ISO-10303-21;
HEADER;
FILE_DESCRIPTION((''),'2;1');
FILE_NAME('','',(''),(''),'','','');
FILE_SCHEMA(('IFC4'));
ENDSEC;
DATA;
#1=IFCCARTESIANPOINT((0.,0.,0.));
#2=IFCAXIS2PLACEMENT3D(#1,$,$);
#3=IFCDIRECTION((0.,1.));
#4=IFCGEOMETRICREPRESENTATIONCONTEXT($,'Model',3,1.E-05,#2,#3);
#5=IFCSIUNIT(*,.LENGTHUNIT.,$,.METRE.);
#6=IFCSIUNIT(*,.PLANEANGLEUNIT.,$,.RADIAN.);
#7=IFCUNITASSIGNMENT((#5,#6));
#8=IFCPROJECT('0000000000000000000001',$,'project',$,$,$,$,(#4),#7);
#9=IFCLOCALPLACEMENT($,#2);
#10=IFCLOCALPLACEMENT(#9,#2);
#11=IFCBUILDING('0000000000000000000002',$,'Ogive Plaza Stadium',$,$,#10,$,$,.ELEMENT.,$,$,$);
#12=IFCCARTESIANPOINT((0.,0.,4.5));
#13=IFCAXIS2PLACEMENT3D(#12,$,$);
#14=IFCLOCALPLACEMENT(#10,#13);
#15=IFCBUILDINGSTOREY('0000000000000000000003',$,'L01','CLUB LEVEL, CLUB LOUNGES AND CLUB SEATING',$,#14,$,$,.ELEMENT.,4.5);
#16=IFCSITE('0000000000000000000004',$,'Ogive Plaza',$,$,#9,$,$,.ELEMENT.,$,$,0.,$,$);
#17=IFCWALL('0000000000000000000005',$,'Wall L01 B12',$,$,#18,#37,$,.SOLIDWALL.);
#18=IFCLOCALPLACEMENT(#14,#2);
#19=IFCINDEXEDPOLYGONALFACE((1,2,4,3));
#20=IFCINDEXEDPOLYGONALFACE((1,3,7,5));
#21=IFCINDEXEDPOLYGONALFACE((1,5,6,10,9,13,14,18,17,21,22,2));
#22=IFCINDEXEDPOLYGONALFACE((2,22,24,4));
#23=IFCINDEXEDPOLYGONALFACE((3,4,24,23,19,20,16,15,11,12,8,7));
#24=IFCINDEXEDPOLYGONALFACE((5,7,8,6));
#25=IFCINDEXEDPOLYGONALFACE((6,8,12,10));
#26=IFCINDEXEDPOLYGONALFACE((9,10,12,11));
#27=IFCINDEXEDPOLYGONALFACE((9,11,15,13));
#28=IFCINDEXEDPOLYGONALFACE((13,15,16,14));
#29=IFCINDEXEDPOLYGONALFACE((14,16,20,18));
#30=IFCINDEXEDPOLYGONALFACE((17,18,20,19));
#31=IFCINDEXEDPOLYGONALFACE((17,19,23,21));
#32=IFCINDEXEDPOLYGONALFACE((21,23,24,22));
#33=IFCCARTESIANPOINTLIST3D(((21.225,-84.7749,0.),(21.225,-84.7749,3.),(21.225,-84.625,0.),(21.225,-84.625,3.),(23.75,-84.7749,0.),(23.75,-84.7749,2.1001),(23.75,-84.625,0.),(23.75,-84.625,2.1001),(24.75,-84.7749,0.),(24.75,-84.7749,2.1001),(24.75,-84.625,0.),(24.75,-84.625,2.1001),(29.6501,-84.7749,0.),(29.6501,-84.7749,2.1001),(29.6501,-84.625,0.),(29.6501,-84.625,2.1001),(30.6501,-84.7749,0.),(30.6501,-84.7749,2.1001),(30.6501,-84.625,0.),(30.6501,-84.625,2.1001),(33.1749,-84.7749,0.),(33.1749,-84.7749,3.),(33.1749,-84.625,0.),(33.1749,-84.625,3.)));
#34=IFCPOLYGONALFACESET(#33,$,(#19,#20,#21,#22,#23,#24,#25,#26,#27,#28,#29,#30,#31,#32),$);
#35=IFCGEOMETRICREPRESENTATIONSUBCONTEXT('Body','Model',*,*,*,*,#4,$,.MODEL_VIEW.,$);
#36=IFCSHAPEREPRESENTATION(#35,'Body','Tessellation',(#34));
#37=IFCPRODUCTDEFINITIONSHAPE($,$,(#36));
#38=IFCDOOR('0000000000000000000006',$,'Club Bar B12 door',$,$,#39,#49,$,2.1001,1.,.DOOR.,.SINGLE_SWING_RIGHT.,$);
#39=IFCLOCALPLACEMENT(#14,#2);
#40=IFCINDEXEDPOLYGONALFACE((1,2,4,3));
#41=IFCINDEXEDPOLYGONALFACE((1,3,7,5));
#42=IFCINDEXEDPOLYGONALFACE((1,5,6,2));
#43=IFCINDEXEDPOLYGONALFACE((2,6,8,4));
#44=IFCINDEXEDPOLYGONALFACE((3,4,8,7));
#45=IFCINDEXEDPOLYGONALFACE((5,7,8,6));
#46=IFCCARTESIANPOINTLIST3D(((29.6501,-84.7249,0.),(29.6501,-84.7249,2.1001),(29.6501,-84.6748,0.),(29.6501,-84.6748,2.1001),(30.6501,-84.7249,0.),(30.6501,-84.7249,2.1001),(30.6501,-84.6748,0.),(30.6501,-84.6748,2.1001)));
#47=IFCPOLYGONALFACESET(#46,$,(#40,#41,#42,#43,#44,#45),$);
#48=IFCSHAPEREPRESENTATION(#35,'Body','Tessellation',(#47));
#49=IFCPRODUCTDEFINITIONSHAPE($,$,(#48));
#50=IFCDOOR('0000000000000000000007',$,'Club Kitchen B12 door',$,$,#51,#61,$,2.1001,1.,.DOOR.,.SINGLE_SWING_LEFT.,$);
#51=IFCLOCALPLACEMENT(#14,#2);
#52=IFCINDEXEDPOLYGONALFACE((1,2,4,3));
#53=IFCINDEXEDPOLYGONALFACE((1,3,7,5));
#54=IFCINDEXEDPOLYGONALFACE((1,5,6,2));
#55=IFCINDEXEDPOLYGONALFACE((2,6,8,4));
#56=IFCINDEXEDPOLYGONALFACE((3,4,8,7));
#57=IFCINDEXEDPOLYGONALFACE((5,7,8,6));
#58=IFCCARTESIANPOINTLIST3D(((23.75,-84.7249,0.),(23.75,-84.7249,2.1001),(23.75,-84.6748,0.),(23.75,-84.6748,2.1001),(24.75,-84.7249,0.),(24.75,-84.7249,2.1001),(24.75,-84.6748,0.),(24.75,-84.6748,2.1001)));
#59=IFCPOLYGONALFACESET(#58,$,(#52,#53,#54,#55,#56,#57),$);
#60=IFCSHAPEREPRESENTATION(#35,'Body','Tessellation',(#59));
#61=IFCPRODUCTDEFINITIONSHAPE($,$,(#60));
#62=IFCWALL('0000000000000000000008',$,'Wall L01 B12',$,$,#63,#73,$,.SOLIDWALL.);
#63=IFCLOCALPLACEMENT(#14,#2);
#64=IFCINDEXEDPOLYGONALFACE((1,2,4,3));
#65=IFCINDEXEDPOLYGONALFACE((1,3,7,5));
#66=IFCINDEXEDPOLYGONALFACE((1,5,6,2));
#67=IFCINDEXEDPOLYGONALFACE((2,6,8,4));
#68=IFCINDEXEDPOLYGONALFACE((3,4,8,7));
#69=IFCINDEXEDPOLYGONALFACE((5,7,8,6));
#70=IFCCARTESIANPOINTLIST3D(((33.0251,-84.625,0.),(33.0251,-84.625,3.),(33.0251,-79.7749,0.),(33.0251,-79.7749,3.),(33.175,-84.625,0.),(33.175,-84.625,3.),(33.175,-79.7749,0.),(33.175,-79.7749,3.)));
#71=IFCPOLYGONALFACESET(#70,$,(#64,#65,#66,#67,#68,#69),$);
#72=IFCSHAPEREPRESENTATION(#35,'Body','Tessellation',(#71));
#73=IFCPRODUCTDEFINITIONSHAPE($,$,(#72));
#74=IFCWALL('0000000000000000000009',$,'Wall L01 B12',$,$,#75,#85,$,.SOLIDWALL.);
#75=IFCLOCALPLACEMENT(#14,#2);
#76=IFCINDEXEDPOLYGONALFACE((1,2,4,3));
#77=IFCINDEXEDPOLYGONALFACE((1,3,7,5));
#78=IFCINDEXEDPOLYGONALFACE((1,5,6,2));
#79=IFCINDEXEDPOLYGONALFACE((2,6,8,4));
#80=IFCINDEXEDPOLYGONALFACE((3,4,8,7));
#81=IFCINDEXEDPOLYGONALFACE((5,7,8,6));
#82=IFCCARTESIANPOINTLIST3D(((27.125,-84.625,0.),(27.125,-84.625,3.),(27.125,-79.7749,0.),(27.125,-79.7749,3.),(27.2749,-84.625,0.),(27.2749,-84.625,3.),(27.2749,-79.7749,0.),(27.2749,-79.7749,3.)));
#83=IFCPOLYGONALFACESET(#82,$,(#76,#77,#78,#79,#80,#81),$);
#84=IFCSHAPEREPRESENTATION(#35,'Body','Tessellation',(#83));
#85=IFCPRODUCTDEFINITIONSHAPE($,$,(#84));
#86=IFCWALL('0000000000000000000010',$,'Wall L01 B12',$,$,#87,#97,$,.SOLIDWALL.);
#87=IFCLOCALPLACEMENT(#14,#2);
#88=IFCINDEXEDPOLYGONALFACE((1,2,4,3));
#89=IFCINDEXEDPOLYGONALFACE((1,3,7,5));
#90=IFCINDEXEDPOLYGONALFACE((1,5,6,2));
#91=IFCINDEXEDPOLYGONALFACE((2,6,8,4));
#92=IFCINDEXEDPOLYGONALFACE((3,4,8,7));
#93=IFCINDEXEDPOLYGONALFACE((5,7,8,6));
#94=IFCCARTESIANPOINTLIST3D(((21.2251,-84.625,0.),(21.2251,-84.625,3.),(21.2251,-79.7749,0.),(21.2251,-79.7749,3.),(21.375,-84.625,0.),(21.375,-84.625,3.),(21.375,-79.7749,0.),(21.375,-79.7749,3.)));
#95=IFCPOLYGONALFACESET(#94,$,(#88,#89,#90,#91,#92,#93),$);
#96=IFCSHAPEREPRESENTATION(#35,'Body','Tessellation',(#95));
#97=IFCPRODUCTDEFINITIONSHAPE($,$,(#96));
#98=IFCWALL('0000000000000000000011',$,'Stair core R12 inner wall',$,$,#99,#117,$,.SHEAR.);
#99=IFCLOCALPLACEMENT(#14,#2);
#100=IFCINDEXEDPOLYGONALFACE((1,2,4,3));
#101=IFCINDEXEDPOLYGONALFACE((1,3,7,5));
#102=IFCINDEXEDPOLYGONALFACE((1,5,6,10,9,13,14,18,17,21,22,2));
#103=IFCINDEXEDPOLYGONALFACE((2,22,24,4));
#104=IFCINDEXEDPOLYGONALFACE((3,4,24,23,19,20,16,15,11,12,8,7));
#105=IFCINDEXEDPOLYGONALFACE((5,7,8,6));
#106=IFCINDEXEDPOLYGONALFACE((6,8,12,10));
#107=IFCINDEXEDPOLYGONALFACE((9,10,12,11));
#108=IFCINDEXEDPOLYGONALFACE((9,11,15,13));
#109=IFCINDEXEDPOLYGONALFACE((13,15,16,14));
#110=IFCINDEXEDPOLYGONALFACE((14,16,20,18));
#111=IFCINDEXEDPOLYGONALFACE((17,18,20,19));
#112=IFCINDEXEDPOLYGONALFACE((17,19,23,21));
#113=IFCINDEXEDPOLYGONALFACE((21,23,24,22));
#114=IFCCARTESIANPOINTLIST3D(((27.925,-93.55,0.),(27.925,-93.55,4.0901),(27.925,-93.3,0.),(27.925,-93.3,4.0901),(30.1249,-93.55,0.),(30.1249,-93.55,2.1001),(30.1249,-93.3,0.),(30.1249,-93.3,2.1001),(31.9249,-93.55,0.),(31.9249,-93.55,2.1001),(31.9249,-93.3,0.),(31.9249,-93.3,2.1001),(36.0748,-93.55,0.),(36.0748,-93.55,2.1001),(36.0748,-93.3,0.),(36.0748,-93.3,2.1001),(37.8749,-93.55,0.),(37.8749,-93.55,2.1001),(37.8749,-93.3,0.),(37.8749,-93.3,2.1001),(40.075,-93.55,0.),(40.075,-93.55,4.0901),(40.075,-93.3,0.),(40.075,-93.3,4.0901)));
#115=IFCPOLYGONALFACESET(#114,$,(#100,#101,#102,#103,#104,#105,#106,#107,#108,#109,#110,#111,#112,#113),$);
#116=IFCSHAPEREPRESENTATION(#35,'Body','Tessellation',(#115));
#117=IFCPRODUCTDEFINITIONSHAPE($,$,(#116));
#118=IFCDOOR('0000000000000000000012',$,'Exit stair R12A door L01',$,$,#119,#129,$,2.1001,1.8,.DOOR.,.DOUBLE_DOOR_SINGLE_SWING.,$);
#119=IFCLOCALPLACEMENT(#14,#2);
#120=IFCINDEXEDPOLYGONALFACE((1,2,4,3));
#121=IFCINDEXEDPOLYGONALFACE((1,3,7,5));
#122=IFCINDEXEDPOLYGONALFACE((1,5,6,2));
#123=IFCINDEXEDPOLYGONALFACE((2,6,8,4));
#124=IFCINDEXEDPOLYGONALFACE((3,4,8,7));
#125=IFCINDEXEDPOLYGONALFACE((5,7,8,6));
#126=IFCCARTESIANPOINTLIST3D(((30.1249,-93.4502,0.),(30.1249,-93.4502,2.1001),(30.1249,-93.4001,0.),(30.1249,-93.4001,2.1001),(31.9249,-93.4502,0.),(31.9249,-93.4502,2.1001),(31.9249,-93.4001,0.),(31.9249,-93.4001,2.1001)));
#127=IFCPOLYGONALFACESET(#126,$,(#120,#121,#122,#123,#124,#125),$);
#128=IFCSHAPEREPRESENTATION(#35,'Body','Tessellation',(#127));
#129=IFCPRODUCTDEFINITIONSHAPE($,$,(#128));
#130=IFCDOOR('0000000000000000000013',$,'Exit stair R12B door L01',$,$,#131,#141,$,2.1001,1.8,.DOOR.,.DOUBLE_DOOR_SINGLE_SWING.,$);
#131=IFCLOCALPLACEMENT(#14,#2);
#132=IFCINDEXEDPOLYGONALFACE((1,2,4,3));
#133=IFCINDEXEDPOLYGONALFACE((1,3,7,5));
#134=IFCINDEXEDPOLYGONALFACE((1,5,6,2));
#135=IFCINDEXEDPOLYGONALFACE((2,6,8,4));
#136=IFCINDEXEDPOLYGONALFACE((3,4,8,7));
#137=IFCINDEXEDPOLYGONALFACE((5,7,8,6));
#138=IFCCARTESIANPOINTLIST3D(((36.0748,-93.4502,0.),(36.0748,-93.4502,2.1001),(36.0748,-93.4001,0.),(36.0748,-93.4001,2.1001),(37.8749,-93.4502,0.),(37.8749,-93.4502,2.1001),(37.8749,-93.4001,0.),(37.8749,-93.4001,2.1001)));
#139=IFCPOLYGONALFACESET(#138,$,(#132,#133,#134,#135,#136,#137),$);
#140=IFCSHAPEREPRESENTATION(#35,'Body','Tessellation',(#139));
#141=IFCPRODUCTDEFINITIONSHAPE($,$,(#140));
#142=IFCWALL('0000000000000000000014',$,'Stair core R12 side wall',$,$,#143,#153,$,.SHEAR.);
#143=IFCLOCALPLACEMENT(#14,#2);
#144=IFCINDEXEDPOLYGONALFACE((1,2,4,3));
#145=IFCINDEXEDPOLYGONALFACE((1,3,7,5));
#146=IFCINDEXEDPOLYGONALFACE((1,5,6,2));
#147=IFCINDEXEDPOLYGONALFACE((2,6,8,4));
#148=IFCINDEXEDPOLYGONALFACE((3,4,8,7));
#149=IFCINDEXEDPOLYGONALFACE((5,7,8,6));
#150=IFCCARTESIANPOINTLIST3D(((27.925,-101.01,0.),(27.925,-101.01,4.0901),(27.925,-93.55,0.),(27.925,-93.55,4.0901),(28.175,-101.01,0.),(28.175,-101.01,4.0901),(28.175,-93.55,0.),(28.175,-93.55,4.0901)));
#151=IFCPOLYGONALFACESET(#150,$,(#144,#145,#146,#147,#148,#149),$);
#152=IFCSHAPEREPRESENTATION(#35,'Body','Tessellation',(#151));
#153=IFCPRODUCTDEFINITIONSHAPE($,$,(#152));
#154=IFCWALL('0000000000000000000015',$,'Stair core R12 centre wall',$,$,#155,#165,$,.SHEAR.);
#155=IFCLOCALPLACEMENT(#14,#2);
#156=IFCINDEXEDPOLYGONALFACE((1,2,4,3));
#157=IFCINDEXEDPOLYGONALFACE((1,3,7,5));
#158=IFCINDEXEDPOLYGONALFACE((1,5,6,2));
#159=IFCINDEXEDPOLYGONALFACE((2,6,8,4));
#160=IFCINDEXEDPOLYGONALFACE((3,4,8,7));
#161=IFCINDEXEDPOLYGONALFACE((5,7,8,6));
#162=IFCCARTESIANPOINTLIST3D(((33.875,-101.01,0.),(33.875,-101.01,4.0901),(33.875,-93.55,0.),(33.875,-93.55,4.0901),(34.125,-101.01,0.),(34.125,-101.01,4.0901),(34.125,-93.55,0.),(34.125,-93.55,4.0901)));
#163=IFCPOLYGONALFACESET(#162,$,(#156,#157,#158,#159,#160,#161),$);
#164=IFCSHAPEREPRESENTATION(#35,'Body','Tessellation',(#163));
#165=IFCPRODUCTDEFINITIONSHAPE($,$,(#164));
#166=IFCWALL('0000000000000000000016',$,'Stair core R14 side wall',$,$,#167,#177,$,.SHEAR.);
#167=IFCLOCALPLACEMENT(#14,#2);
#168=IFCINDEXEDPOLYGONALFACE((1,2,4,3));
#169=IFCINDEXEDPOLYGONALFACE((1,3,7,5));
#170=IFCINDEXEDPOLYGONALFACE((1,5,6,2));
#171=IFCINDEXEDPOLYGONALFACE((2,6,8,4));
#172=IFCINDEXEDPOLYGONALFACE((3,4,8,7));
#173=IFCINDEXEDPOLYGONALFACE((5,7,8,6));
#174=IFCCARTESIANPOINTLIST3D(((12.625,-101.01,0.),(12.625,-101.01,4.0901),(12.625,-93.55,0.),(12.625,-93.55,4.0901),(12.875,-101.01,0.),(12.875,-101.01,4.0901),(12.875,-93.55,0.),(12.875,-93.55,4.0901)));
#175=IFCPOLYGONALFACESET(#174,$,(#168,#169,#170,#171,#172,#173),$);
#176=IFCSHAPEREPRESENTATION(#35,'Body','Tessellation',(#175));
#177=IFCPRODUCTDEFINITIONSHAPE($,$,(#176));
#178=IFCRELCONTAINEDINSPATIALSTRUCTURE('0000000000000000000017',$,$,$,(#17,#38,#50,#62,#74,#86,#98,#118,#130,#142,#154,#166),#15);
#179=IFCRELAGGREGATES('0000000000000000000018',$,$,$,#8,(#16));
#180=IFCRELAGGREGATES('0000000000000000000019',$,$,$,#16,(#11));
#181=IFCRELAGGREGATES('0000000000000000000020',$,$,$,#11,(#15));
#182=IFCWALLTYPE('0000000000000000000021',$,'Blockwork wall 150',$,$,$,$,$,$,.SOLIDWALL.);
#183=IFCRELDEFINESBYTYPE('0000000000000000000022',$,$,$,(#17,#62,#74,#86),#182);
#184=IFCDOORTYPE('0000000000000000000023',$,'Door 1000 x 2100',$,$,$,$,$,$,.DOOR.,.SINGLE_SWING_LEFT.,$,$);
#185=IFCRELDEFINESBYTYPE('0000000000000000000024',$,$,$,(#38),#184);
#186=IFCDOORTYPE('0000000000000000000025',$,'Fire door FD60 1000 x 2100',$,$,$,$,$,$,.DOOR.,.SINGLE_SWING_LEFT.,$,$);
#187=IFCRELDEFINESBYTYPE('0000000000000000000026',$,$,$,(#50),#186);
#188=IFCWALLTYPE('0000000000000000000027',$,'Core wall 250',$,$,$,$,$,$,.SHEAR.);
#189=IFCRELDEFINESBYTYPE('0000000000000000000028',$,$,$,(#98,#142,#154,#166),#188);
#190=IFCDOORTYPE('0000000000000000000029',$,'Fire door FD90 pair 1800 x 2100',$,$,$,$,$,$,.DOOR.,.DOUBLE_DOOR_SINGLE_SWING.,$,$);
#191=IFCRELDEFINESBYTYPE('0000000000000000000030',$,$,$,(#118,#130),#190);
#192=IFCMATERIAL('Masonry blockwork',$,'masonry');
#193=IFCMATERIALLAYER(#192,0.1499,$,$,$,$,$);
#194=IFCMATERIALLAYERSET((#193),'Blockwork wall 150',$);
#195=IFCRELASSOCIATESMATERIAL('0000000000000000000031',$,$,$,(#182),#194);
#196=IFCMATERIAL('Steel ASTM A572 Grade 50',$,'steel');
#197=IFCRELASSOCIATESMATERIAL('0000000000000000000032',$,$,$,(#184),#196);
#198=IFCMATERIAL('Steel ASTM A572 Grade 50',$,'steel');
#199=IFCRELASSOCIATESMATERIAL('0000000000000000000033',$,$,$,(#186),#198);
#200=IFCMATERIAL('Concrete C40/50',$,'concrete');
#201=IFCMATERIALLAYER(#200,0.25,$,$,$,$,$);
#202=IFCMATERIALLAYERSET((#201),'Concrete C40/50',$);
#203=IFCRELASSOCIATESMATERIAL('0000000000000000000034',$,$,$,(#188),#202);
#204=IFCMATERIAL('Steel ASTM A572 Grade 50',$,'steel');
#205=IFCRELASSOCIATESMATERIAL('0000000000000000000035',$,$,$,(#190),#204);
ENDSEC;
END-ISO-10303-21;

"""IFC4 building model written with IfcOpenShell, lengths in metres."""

from ifc_helpers import new_model, si_unit, direction, frame, frame_2d, origin, place, context, subcontext, project, spatial, rectangle, extrude, material, layer, layer_set, type_object, element, fill, save


model = new_model("IFC4")

# Units and contexts
model_context = context("Model", 3, precision=1e-05, world=origin(), true_north=direction((0.0, 1.0)))
body_context = subcontext(model_context, "Body", "Model", "MODEL_VIEW")
ifc_project = project(units=[si_unit("LENGTHUNIT", "METRE"), si_unit("PLANEANGLEUNIT", "RADIAN")], contexts=[model_context])

# Site, building, storey
site_placement = place(None, origin())
site = spatial("IfcSite", under=ifc_project, at=site_placement, Name="Ogive Plaza", CompositionType="ELEMENT", RefElevation=0.0)
building_placement = place(site_placement, origin())
building = spatial("IfcBuilding", under=site, at=building_placement, Name="Ogive Plaza Stadium", CompositionType="ELEMENT")
storey_placement = place(building_placement, frame((0.0, 0.0, 4.5)))
storey = spatial("IfcBuildingStorey", under=building, at=storey_placement, Name="L01", Description="CLUB LEVEL, CLUB LOUNGES AND CLUB SEATING", CompositionType="ELEMENT", Elevation=4.5)

# Shared definitions
ifc_material_1 = material(Name="Masonry blockwork", Category="masonry")
ifc_layer_1 = layer(ifc_material_1, 0.1499)
ifc_layer_set_1 = layer_set([ifc_layer_1], Name="Blockwork wall 150")
wall_type_1 = type_object("IfcWallType", Name="Blockwork wall 150", PredefinedType="SOLIDWALL", material=ifc_layer_set_1)

# Wall, openings, doors
wall_1_placement = place(storey_placement, frame((33.175, -84.7, 0.0), z_axis=(0.0, 0.0, 1.0), x_axis=(-1.0, 0.0, 0.0)))
wall_1 = element("IfcWall", 1, at=wall_1_placement, inside=storey, type_object=wall_type_1, Name="Wall L01 B12", PredefinedType="SOLIDWALL", context=body_context, shape_type="SweptSolid", body=[
    extrude(rectangle(XDim=11.95, YDim=0.1499, at=frame_2d((5.9751, 0.0))), origin(), (0.0, 0.0, 1.0), 3.0),
])
opening_1_placement = place(wall_1_placement, frame((2.5249, 0.0, 0.0)))
opening_1 = element("IfcOpeningElement", 2, at=opening_1_placement, cuts=wall_1, PredefinedType="OPENING", context=body_context, shape_type="SweptSolid", body=[
    extrude(rectangle(XDim=1.0, YDim=2.1001, at=frame_2d((0.5, 1.05))), frame((0.0, 0.075, 0.0), z_axis=(0.0, -1.0, 0.0), x_axis=(1.0, 0.0, 0.0)), (0.0, 0.0, 1.0), 0.1499),
])
opening_2_placement = place(wall_1_placement, frame((8.425, 0.0, 0.0)))
opening_2 = element("IfcOpeningElement", 3, at=opening_2_placement, cuts=wall_1, PredefinedType="OPENING", context=body_context, shape_type="SweptSolid", body=[
    extrude(rectangle(XDim=1.0, YDim=2.1001, at=frame_2d((0.5, 1.05))), frame((0.0, 0.075, 0.0), z_axis=(0.0, -1.0, 0.0), x_axis=(1.0, 0.0, 0.0)), (0.0, 0.0, 1.0), 0.1499),
])
ifc_material_2 = material(Name="Steel ASTM A572 Grade 50", Category="steel")
door_type_1 = type_object("IfcDoorType", Name="Door 1000 x 2100", OperationType="SINGLE_SWING_LEFT", PredefinedType="DOOR", material=ifc_material_2)
door_1_placement = place(opening_1_placement, origin())
door_1 = element("IfcDoor", 4, at=door_1_placement, inside=storey, type_object=door_type_1, Name="Club Bar B12 door", OperationType="SINGLE_SWING_RIGHT", OverallHeight=2.1001, OverallWidth=1.0, PredefinedType="DOOR", context=body_context, shape_type="SweptSolid", body=[
    extrude(rectangle(XDim=1.0, YDim=2.1001, at=frame_2d((0.5, 1.05))), frame((0.0, 0.0249, 0.0), z_axis=(0.0, -1.0, 0.0), x_axis=(1.0, 0.0, 0.0)), (0.0, 0.0, 1.0), 0.05),
])
fill(opening_1, door_1)
ifc_material_3 = material(Name="Steel ASTM A572 Grade 50", Category="steel")
door_type_2 = type_object("IfcDoorType", Name="Fire door FD60 1000 x 2100", OperationType="SINGLE_SWING_LEFT", PredefinedType="DOOR", material=ifc_material_3)
door_2_placement = place(opening_2_placement, origin())
door_2 = element("IfcDoor", 5, at=door_2_placement, inside=storey, type_object=door_type_2, Name="Club Kitchen B12 door", OperationType="SINGLE_SWING_LEFT", OverallHeight=2.1001, OverallWidth=1.0, PredefinedType="DOOR", context=body_context, shape_type="SweptSolid", body=[
    extrude(rectangle(XDim=1.0, YDim=2.1001, at=frame_2d((0.5, 1.05))), frame((0.0, 0.0249, 0.0), z_axis=(0.0, -1.0, 0.0), x_axis=(1.0, 0.0, 0.0)), (0.0, 0.0, 1.0), 0.05),
])
fill(opening_2, door_2)

# Walls
for number, where, z_axis, x_axis, name in (
    (6, (33.1001, -79.7749, 0.0), (0.0, 0.0, 1.0), (0.0, -1.0, 0.0), "Wall L01 B12"),
    (7, (27.2, -79.7749, 0.0), (0.0, 0.0, 1.0), (0.0, -1.0, 0.0), "Wall L01 B12"),
    (8, (21.3, -79.7749, 0.0), (0.0, 0.0, 1.0), (0.0, -1.0, 0.0), "Wall L01 B12"),
):
    element("IfcWall", number, at=place(storey_placement, frame(where, z_axis=z_axis, x_axis=x_axis)), inside=storey, type_object=wall_type_1, Name=name, PredefinedType="SOLIDWALL", context=body_context, shape_type="SweptSolid", body=[
        extrude(rectangle(XDim=4.8501, YDim=0.1499, at=frame_2d((2.425, 0.0))), origin(), (0.0, 0.0, 1.0), 3.0),
    ])

# Wall, openings, doors
ifc_material_4 = material(Name="Concrete C40/50", Category="concrete")
ifc_layer_2 = layer(ifc_material_4, 0.25)
ifc_layer_set_2 = layer_set([ifc_layer_2], Name="Concrete C40/50")
wall_type_2 = type_object("IfcWallType", Name="Core wall 250", PredefinedType="SHEAR", material=ifc_layer_set_2)
wall_2_placement = place(storey_placement, frame((27.925, -93.425, 0.0), z_axis=(0.0, 0.0, 1.0), x_axis=(1.0, 0.0, 0.0)))
wall_2 = element("IfcWall", 9, at=wall_2_placement, inside=storey, type_object=wall_type_2, Name="Stair core R12 inner wall", PredefinedType="SHEAR", context=body_context, shape_type="SweptSolid", body=[
    extrude(rectangle(XDim=12.1499, YDim=0.25, at=frame_2d((6.075, 0.0))), origin(), (0.0, 0.0, 1.0), 4.0901),
])
opening_3_placement = place(wall_2_placement, frame((2.2, 0.0, 0.0)))
opening_3 = element("IfcOpeningElement", 10, at=opening_3_placement, cuts=wall_2, PredefinedType="OPENING", context=body_context, shape_type="SweptSolid", body=[
    extrude(rectangle(XDim=1.8, YDim=2.1001, at=frame_2d((0.8999, 1.05))), frame((0.0, 0.125, 0.0), z_axis=(0.0, -1.0, 0.0), x_axis=(1.0, 0.0, 0.0)), (0.0, 0.0, 1.0), 0.25),
])
opening_4_placement = place(wall_2_placement, frame((8.1499, 0.0, 0.0)))
opening_4 = element("IfcOpeningElement", 11, at=opening_4_placement, cuts=wall_2, PredefinedType="OPENING", context=body_context, shape_type="SweptSolid", body=[
    extrude(rectangle(XDim=1.8, YDim=2.1001, at=frame_2d((0.8999, 1.05))), frame((0.0, 0.125, 0.0), z_axis=(0.0, -1.0, 0.0), x_axis=(1.0, 0.0, 0.0)), (0.0, 0.0, 1.0), 0.25),
])
ifc_material_5 = material(Name="Steel ASTM A572 Grade 50", Category="steel")
door_type_3 = type_object("IfcDoorType", Name="Fire door FD90 pair 1800 x 2100", OperationType="DOUBLE_DOOR_SINGLE_SWING", PredefinedType="DOOR", material=ifc_material_5)
door_3_placement = place(opening_3_placement, origin())
door_3 = element("IfcDoor", 12, at=door_3_placement, inside=storey, type_object=door_type_3, Name="Exit stair R12A door L01", OperationType="DOUBLE_DOOR_SINGLE_SWING", OverallHeight=2.1001, OverallWidth=1.8, PredefinedType="DOOR", context=body_context, shape_type="SweptSolid", body=[
    extrude(rectangle(XDim=1.8, YDim=2.1001, at=frame_2d((0.8999, 1.05))), frame((0.0, 0.0249, 0.0), z_axis=(0.0, -1.0, 0.0), x_axis=(1.0, 0.0, 0.0)), (0.0, 0.0, 1.0), 0.05),
])
fill(opening_3, door_3)
door_4_placement = place(opening_4_placement, origin())
door_4 = element("IfcDoor", 13, at=door_4_placement, inside=storey, type_object=door_type_3, Name="Exit stair R12B door L01", OperationType="DOUBLE_DOOR_SINGLE_SWING", OverallHeight=2.1001, OverallWidth=1.8, PredefinedType="DOOR", context=body_context, shape_type="SweptSolid", body=[
    extrude(rectangle(XDim=1.8, YDim=2.1001, at=frame_2d((0.8999, 1.05))), frame((0.0, 0.0249, 0.0), z_axis=(0.0, -1.0, 0.0), x_axis=(1.0, 0.0, 0.0)), (0.0, 0.0, 1.0), 0.05),
])
fill(opening_4, door_4)

# Walls
for number, where, z_axis, x_axis, name in (
    (14, (28.05, -93.55, 0.0), (0.0, 0.0, 1.0), (0.0, -1.0, 0.0), "Stair core R12 side wall"),
    (15, (34.0, -93.55, 0.0), (0.0, 0.0, 1.0), (0.0, -1.0, 0.0), "Stair core R12 centre wall"),
    (16, (12.75, -93.55, 0.0), (0.0, 0.0, 1.0), (0.0, -1.0, 0.0), "Stair core R14 side wall"),
):
    element("IfcWall", number, at=place(storey_placement, frame(where, z_axis=z_axis, x_axis=x_axis)), inside=storey, type_object=wall_type_2, Name=name, PredefinedType="SHEAR", context=body_context, shape_type="SweptSolid", body=[
        extrude(rectangle(XDim=7.46, YDim=0.25, at=frame_2d((3.73, 0.0))), origin(), (0.0, 0.0, 1.0), 4.0901),
    ])

save(model, "model.ifc")
